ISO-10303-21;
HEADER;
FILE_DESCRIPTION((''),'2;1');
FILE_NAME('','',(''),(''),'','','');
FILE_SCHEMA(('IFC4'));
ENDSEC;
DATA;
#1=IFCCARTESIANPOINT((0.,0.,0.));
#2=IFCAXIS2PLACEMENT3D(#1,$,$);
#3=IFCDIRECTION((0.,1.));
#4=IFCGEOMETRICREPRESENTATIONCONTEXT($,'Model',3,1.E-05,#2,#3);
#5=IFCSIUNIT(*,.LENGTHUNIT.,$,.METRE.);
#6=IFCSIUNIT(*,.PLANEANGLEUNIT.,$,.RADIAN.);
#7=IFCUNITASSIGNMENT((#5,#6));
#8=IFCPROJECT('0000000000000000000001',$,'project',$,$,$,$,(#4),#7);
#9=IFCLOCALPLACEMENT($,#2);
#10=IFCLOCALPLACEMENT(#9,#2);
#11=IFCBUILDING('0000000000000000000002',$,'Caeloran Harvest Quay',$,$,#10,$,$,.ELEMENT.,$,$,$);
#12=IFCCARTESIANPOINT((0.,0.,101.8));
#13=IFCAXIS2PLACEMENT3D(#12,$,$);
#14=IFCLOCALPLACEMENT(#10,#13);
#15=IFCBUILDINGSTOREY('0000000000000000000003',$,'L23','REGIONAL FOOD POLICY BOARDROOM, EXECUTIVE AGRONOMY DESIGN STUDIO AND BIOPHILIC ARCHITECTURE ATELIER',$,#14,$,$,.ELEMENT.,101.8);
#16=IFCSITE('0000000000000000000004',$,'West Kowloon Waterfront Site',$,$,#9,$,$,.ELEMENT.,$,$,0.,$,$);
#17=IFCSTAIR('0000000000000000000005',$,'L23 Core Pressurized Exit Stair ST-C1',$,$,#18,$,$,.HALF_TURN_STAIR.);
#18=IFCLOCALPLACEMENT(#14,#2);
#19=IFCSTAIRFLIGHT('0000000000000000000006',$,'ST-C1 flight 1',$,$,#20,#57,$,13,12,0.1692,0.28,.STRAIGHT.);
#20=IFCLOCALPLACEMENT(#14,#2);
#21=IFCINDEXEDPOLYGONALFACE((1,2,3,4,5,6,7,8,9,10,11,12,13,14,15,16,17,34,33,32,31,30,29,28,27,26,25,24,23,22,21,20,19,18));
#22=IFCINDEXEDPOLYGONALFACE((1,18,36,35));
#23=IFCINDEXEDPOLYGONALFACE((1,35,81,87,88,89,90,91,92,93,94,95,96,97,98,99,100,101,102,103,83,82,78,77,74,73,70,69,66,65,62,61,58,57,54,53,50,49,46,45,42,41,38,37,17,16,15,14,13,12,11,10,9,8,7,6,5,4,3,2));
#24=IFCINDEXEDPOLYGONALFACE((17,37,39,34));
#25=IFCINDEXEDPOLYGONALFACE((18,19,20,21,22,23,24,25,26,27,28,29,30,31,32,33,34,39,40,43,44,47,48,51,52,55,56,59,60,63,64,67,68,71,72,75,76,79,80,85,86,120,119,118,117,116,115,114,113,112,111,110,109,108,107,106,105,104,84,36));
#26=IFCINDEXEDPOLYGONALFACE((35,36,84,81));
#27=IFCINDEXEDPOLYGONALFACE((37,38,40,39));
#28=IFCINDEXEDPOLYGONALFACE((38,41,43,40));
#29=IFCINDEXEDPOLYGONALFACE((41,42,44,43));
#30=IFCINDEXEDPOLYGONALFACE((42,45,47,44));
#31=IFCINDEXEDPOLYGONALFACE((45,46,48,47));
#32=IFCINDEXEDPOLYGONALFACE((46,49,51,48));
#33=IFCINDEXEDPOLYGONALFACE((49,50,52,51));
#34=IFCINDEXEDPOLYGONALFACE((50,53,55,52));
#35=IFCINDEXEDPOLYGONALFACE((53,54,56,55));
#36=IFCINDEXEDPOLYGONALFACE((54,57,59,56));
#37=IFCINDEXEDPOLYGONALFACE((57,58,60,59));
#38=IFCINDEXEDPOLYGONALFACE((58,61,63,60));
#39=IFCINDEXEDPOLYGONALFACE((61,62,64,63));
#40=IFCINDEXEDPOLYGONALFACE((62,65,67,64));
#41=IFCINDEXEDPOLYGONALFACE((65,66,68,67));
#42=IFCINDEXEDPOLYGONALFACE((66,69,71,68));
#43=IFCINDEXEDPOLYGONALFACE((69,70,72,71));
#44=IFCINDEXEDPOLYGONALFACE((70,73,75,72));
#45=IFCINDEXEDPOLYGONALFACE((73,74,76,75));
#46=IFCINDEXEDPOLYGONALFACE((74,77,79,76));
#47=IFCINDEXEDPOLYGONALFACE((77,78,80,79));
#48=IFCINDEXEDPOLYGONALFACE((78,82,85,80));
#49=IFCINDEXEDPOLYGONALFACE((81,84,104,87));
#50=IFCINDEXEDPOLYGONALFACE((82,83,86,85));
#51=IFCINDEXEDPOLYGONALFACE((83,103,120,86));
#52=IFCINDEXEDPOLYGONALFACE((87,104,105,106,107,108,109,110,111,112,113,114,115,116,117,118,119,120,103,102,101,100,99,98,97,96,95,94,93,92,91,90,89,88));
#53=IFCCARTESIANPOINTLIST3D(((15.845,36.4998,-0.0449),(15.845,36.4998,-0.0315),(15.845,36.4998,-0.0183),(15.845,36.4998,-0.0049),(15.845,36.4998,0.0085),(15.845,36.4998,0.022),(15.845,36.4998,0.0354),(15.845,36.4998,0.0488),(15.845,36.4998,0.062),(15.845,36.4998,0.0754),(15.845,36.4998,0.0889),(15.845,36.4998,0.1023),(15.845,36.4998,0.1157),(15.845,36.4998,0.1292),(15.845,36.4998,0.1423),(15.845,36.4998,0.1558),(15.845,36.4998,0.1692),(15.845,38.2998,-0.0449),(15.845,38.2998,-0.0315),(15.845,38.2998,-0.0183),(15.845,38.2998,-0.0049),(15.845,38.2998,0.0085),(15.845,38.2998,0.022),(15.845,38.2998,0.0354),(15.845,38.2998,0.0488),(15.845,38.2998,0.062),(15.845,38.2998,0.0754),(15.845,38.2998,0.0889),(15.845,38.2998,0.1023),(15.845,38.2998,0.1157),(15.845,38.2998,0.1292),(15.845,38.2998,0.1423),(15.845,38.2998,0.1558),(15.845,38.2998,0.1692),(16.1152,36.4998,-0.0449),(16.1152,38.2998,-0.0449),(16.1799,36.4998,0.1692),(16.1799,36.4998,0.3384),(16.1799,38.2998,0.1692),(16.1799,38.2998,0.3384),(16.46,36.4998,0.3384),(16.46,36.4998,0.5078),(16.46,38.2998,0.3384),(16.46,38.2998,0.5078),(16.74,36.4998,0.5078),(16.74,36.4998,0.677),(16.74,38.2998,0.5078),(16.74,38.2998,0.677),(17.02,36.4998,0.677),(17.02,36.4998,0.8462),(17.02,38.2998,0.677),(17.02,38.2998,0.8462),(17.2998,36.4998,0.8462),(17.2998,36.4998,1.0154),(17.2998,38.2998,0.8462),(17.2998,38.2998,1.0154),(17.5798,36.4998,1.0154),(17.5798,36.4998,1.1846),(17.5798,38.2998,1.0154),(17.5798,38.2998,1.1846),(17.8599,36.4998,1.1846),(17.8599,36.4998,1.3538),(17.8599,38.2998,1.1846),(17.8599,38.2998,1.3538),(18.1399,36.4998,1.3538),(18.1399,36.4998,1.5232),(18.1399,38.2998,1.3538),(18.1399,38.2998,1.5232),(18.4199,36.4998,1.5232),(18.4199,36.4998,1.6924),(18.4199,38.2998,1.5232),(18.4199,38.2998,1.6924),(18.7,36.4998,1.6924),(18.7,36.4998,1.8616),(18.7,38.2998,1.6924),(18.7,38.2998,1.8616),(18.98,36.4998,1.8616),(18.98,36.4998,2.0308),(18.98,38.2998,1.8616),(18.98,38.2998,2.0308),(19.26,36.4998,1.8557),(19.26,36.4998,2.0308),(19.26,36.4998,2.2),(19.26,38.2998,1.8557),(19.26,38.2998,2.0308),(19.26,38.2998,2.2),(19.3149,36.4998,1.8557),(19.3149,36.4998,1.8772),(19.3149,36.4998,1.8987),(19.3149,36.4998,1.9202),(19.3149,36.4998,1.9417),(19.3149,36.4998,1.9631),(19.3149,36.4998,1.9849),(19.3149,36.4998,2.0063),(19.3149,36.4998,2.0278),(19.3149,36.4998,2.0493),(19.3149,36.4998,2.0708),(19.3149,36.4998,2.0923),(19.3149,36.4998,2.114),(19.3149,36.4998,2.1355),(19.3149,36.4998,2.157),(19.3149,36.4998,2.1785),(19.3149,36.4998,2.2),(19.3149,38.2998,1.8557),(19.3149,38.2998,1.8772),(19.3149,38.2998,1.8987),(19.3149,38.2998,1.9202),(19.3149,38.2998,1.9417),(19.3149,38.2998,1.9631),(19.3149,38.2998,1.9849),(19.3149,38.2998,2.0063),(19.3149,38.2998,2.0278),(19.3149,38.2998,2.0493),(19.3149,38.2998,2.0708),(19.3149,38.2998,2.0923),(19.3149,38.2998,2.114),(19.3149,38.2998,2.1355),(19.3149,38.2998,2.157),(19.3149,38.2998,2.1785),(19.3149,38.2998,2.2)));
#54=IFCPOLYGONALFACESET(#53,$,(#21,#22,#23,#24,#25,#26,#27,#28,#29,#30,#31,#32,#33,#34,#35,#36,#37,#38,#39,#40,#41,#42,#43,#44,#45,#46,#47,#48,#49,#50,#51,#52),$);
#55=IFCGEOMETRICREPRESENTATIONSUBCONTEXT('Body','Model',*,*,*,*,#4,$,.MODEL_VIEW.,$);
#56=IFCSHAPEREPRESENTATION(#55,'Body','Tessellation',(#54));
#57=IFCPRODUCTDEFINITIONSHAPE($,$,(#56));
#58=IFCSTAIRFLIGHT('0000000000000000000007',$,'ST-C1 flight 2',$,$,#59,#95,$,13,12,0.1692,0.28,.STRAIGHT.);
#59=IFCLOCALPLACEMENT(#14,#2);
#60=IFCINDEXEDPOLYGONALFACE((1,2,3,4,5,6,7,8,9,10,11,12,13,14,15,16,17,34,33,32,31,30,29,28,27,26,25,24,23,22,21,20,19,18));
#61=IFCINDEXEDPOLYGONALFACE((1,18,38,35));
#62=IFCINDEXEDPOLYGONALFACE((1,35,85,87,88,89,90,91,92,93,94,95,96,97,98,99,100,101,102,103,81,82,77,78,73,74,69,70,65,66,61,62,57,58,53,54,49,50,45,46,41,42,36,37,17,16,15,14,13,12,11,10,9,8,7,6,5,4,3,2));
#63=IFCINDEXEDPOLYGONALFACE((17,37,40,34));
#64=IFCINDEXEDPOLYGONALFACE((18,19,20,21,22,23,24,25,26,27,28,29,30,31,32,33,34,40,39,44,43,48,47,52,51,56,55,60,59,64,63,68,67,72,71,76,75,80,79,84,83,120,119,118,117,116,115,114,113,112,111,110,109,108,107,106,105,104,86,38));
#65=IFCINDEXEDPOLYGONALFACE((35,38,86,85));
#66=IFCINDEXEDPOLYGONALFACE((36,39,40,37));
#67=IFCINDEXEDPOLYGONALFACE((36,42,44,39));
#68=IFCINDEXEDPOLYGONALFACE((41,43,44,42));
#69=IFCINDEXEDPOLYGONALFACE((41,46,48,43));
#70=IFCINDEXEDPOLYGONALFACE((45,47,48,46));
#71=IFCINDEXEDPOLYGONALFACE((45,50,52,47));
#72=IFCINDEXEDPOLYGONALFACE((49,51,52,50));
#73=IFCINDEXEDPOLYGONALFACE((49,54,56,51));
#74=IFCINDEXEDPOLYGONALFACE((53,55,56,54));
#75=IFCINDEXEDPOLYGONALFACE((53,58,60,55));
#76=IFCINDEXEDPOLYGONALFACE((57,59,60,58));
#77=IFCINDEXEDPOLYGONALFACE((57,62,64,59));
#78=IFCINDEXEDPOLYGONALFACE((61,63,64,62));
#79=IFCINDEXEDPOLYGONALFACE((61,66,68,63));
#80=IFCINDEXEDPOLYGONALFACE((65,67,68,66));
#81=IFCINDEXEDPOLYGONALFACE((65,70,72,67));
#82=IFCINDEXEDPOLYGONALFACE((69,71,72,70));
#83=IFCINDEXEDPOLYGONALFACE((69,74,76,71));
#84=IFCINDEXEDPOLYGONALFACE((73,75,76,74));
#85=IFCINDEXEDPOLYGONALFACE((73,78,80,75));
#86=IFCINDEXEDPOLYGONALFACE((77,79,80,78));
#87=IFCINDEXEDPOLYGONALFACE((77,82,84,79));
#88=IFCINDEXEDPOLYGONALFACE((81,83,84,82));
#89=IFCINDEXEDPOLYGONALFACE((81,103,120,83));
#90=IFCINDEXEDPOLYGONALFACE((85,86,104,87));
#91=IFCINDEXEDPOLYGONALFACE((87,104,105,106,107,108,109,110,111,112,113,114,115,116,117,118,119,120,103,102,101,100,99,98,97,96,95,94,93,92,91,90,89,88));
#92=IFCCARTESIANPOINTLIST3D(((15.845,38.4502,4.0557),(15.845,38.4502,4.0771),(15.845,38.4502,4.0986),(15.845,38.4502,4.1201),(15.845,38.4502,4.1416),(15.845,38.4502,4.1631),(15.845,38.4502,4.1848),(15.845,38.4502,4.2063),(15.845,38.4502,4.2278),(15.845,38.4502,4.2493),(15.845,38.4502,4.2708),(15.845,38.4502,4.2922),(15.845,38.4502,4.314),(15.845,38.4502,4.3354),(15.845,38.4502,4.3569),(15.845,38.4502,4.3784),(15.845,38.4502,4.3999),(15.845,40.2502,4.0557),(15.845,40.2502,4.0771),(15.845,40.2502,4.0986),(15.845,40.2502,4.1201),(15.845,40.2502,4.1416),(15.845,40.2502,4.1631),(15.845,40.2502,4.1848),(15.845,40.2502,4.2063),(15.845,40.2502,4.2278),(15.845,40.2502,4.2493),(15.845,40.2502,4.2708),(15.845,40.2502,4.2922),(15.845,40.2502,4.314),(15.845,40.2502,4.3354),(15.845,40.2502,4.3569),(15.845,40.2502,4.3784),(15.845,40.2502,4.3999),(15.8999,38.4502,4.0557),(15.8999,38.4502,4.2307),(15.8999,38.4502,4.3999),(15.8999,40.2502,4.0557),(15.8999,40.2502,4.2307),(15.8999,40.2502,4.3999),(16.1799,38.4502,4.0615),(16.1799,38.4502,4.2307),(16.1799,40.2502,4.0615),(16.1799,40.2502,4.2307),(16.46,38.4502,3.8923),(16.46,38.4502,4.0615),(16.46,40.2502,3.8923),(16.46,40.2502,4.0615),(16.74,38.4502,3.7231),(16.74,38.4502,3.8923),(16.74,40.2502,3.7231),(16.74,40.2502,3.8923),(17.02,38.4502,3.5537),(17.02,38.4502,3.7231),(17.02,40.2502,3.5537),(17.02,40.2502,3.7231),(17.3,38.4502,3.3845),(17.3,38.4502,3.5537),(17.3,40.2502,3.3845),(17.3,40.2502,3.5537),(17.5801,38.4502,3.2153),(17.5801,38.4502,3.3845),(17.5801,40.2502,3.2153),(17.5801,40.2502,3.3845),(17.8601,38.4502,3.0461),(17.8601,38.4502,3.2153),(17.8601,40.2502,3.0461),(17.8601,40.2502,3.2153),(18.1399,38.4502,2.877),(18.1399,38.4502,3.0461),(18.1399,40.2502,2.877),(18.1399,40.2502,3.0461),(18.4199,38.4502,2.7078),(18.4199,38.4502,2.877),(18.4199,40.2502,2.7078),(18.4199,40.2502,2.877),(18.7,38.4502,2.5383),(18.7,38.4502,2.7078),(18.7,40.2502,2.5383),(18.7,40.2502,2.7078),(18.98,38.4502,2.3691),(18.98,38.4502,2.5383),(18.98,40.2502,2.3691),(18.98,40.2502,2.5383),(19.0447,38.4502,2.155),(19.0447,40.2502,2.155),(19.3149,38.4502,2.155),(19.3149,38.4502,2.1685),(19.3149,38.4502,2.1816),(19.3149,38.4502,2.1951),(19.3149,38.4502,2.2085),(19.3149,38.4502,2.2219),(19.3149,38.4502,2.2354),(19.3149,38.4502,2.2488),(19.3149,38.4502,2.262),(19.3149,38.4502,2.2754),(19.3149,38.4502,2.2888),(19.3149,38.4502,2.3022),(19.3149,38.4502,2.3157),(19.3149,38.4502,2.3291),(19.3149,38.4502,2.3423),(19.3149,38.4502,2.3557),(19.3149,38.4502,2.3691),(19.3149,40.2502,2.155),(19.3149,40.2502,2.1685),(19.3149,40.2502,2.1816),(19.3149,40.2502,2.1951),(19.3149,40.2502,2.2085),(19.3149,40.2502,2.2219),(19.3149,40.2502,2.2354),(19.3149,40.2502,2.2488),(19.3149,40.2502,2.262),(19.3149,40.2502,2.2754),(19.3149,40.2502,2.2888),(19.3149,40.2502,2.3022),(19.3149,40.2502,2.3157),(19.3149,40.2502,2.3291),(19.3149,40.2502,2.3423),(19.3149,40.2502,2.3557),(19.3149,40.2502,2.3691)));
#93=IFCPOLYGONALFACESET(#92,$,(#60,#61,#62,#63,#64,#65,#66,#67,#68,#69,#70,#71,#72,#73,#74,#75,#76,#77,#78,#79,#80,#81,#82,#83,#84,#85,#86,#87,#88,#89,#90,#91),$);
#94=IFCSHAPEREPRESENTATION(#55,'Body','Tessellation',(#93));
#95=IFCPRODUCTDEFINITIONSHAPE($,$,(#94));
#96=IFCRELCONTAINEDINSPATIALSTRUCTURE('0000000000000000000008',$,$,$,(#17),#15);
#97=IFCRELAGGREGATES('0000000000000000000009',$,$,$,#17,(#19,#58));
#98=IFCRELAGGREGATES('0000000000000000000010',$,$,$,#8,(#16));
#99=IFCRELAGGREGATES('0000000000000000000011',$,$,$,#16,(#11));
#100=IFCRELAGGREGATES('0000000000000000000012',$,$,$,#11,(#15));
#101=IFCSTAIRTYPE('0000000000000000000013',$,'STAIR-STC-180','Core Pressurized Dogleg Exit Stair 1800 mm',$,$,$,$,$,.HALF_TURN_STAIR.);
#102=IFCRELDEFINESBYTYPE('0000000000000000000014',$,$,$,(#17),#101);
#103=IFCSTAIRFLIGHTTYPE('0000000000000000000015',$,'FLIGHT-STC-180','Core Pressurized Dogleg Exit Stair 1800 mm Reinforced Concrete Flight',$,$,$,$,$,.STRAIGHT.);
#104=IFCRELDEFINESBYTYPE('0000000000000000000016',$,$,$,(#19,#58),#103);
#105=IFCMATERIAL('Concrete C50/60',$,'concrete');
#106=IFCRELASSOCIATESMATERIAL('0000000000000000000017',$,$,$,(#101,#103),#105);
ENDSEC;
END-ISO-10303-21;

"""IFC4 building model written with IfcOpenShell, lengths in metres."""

from ifc_helpers import new_model, si_unit, direction, frame, origin, place, context, subcontext, project, spatial, polyline, outline, extrude, material, type_object, element, aggregate, save


model = new_model("IFC4")

# Units and contexts
model_context = context("Model", 3, precision=1e-05, world=origin(), true_north=direction((0.0, 1.0)))
body_context = subcontext(model_context, "Body", "Model", "MODEL_VIEW")
ifc_project = project(units=[si_unit("LENGTHUNIT", "METRE"), si_unit("PLANEANGLEUNIT", "RADIAN")], contexts=[model_context])

# Site, building, storey
site_placement = place(None, origin())
site = spatial("IfcSite", under=ifc_project, at=site_placement, Name="West Kowloon Waterfront Site", CompositionType="ELEMENT", RefElevation=0.0)
building_placement = place(site_placement, origin())
building = spatial("IfcBuilding", under=site, at=building_placement, Name="Caeloran Harvest Quay", CompositionType="ELEMENT")
storey_placement = place(building_placement, frame((0.0, 0.0, 101.8)))
storey = spatial("IfcBuildingStorey", under=building, at=storey_placement, Name="L23", Description="REGIONAL FOOD POLICY BOARDROOM, EXECUTIVE AGRONOMY DESIGN STUDIO AND BIOPHILIC ARCHITECTURE ATELIER", CompositionType="ELEMENT", Elevation=101.8)

# Shared definitions
ifc_material_1 = material(Name="Concrete C50/60", Category="concrete")

# Stair, stair flights
stair_type = type_object("IfcStairType", Name="STAIR-STC-180", Description="Core Pressurized Dogleg Exit Stair 1800 mm", PredefinedType="HALF_TURN_STAIR", material=ifc_material_1)
stair_1_placement = place(storey_placement, origin())
stair_1 = element("IfcStair", 1, at=stair_1_placement, inside=storey, type_object=stair_type, Name="L23 Core Pressurized Exit Stair ST-C1", PredefinedType="HALF_TURN_STAIR")
stair_flight_type = type_object("IfcStairFlightType", Name="FLIGHT-STC-180", Description="Core Pressurized Dogleg Exit Stair 1800 mm Reinforced Concrete Flight", PredefinedType="STRAIGHT", material=ifc_material_1)
stair_flight_1_placement = place(storey_placement, frame((15.8999, 37.3999, 0.0), z_axis=(0.0, 0.0, 1.0), x_axis=(1.0, 0.0, 0.0)))
stair_flight_1 = element("IfcStairFlight", 2, at=stair_flight_1_placement, type_object=stair_flight_type, Name="ST-C1 flight 1", NumberOfRisers=13, NumberOfTreads=12, PredefinedType="STRAIGHT", RiserHeight=0.1692, TreadLength=0.28, context=body_context, shape_type="SweptSolid", body=[
    extrude(outline(polyline([(-0.0549, -0.0449), (-0.0549, -0.0315), (-0.0549, -0.0183), (-0.0549, -0.0049), (-0.0549, 0.0085), (-0.0549, 0.022), (-0.0549, 0.0354), (-0.0549, 0.0488), (-0.0549, 0.062), (-0.0549, 0.0754), (-0.0549, 0.0889), (-0.0549, 0.1023), (-0.0549, 0.1157), (-0.0549, 0.1292), (-0.0549, 0.1423), (-0.0549, 0.1558), (-0.0549, 0.1692), (0.28, 0.1692), (0.28, 0.3384), (0.5601, 0.3384), (0.5601, 0.5078), (0.8401, 0.5078), (0.8401, 0.677), (1.1201, 0.677), (1.1201, 0.8462), (1.3999, 0.8462), (1.3999, 1.0154), (1.6799, 1.0154), (1.6799, 1.1846), (1.96, 1.1846), (1.96, 1.3538), (2.24, 1.3538), (2.24, 1.5232), (2.52, 1.5232), (2.52, 1.6924), (2.8, 1.6924), (2.8, 1.8616), (3.0801, 1.8616), (3.0801, 2.0308), (3.3601, 2.0308), (3.3601, 2.2), (3.415, 2.2), (3.415, 2.1785), (3.415, 2.157), (3.415, 2.1355), (3.415, 2.114), (3.415, 2.0923), (3.415, 2.0708), (3.415, 2.0493), (3.415, 2.0278), (3.415, 2.0063), (3.415, 1.9849), (3.415, 1.9631), (3.415, 1.9417), (3.415, 1.9202), (3.415, 1.8987), (3.415, 1.8772), (3.415, 1.8557), (3.3601, 1.8557), (0.2153, -0.0449), (-0.0549, -0.0449)])), frame((0.0, 0.8999, 0.0), z_axis=(0.0, -1.0, 0.0), x_axis=(1.0, 0.0, 0.0)), (0.0, 0.0, 1.0), 1.8),
])
stair_flight_2_placement = place(storey_placement, frame((19.26, 39.3501, 2.2), z_axis=(0.0, 0.0, 1.0), x_axis=(-1.0, 0.0, 0.0)))
stair_flight_2 = element("IfcStairFlight", 3, at=stair_flight_2_placement, type_object=stair_flight_type, Name="ST-C1 flight 2", NumberOfRisers=13, NumberOfTreads=12, PredefinedType="STRAIGHT", RiserHeight=0.1692, TreadLength=0.28, context=body_context, shape_type="SweptSolid", body=[
    extrude(outline(polyline([(-0.0549, -0.0449), (-0.0549, -0.0315), (-0.0549, -0.0183), (-0.0549, -0.0049), (-0.0549, 0.0085), (-0.0549, 0.022), (-0.0549, 0.0354), (-0.0549, 0.0488), (-0.0549, 0.062), (-0.0549, 0.0754), (-0.0549, 0.0889), (-0.0549, 0.1023), (-0.0549, 0.1157), (-0.0549, 0.1292), (-0.0549, 0.1423), (-0.0549, 0.1558), (-0.0549, 0.1692), (0.28, 0.1692), (0.28, 0.3384), (0.5601, 0.3384), (0.5601, 0.5078), (0.8401, 0.5078), (0.8401, 0.677), (1.1201, 0.677), (1.1201, 0.8462), (1.3999, 0.8462), (1.3999, 1.0154), (1.6799, 1.0154), (1.6799, 1.1846), (1.96, 1.1846), (1.96, 1.3538), (2.24, 1.3538), (2.24, 1.5232), (2.52, 1.5232), (2.52, 1.6924), (2.8, 1.6924), (2.8, 1.8616), (3.0801, 1.8616), (3.0801, 2.0308), (3.3601, 2.0308), (3.3601, 2.2), (3.415, 2.2), (3.415, 2.1785), (3.415, 2.157), (3.415, 2.1355), (3.415, 2.114), (3.415, 2.0923), (3.415, 2.0708), (3.415, 2.0493), (3.415, 2.0278), (3.415, 2.0063), (3.415, 1.9849), (3.415, 1.9631), (3.415, 1.9417), (3.415, 1.9202), (3.415, 1.8987), (3.415, 1.8772), (3.415, 1.8557), (3.3601, 1.8557), (0.2153, -0.0449), (-0.0549, -0.0449)])), frame((0.0, 0.8999, 0.0), z_axis=(0.0, -1.0, 0.0), x_axis=(1.0, 0.0, 0.0)), (0.0, 0.0, 1.0), 1.8),
])
aggregate(stair_1, [stair_flight_1, stair_flight_2])

save(model, "model.ifc")
